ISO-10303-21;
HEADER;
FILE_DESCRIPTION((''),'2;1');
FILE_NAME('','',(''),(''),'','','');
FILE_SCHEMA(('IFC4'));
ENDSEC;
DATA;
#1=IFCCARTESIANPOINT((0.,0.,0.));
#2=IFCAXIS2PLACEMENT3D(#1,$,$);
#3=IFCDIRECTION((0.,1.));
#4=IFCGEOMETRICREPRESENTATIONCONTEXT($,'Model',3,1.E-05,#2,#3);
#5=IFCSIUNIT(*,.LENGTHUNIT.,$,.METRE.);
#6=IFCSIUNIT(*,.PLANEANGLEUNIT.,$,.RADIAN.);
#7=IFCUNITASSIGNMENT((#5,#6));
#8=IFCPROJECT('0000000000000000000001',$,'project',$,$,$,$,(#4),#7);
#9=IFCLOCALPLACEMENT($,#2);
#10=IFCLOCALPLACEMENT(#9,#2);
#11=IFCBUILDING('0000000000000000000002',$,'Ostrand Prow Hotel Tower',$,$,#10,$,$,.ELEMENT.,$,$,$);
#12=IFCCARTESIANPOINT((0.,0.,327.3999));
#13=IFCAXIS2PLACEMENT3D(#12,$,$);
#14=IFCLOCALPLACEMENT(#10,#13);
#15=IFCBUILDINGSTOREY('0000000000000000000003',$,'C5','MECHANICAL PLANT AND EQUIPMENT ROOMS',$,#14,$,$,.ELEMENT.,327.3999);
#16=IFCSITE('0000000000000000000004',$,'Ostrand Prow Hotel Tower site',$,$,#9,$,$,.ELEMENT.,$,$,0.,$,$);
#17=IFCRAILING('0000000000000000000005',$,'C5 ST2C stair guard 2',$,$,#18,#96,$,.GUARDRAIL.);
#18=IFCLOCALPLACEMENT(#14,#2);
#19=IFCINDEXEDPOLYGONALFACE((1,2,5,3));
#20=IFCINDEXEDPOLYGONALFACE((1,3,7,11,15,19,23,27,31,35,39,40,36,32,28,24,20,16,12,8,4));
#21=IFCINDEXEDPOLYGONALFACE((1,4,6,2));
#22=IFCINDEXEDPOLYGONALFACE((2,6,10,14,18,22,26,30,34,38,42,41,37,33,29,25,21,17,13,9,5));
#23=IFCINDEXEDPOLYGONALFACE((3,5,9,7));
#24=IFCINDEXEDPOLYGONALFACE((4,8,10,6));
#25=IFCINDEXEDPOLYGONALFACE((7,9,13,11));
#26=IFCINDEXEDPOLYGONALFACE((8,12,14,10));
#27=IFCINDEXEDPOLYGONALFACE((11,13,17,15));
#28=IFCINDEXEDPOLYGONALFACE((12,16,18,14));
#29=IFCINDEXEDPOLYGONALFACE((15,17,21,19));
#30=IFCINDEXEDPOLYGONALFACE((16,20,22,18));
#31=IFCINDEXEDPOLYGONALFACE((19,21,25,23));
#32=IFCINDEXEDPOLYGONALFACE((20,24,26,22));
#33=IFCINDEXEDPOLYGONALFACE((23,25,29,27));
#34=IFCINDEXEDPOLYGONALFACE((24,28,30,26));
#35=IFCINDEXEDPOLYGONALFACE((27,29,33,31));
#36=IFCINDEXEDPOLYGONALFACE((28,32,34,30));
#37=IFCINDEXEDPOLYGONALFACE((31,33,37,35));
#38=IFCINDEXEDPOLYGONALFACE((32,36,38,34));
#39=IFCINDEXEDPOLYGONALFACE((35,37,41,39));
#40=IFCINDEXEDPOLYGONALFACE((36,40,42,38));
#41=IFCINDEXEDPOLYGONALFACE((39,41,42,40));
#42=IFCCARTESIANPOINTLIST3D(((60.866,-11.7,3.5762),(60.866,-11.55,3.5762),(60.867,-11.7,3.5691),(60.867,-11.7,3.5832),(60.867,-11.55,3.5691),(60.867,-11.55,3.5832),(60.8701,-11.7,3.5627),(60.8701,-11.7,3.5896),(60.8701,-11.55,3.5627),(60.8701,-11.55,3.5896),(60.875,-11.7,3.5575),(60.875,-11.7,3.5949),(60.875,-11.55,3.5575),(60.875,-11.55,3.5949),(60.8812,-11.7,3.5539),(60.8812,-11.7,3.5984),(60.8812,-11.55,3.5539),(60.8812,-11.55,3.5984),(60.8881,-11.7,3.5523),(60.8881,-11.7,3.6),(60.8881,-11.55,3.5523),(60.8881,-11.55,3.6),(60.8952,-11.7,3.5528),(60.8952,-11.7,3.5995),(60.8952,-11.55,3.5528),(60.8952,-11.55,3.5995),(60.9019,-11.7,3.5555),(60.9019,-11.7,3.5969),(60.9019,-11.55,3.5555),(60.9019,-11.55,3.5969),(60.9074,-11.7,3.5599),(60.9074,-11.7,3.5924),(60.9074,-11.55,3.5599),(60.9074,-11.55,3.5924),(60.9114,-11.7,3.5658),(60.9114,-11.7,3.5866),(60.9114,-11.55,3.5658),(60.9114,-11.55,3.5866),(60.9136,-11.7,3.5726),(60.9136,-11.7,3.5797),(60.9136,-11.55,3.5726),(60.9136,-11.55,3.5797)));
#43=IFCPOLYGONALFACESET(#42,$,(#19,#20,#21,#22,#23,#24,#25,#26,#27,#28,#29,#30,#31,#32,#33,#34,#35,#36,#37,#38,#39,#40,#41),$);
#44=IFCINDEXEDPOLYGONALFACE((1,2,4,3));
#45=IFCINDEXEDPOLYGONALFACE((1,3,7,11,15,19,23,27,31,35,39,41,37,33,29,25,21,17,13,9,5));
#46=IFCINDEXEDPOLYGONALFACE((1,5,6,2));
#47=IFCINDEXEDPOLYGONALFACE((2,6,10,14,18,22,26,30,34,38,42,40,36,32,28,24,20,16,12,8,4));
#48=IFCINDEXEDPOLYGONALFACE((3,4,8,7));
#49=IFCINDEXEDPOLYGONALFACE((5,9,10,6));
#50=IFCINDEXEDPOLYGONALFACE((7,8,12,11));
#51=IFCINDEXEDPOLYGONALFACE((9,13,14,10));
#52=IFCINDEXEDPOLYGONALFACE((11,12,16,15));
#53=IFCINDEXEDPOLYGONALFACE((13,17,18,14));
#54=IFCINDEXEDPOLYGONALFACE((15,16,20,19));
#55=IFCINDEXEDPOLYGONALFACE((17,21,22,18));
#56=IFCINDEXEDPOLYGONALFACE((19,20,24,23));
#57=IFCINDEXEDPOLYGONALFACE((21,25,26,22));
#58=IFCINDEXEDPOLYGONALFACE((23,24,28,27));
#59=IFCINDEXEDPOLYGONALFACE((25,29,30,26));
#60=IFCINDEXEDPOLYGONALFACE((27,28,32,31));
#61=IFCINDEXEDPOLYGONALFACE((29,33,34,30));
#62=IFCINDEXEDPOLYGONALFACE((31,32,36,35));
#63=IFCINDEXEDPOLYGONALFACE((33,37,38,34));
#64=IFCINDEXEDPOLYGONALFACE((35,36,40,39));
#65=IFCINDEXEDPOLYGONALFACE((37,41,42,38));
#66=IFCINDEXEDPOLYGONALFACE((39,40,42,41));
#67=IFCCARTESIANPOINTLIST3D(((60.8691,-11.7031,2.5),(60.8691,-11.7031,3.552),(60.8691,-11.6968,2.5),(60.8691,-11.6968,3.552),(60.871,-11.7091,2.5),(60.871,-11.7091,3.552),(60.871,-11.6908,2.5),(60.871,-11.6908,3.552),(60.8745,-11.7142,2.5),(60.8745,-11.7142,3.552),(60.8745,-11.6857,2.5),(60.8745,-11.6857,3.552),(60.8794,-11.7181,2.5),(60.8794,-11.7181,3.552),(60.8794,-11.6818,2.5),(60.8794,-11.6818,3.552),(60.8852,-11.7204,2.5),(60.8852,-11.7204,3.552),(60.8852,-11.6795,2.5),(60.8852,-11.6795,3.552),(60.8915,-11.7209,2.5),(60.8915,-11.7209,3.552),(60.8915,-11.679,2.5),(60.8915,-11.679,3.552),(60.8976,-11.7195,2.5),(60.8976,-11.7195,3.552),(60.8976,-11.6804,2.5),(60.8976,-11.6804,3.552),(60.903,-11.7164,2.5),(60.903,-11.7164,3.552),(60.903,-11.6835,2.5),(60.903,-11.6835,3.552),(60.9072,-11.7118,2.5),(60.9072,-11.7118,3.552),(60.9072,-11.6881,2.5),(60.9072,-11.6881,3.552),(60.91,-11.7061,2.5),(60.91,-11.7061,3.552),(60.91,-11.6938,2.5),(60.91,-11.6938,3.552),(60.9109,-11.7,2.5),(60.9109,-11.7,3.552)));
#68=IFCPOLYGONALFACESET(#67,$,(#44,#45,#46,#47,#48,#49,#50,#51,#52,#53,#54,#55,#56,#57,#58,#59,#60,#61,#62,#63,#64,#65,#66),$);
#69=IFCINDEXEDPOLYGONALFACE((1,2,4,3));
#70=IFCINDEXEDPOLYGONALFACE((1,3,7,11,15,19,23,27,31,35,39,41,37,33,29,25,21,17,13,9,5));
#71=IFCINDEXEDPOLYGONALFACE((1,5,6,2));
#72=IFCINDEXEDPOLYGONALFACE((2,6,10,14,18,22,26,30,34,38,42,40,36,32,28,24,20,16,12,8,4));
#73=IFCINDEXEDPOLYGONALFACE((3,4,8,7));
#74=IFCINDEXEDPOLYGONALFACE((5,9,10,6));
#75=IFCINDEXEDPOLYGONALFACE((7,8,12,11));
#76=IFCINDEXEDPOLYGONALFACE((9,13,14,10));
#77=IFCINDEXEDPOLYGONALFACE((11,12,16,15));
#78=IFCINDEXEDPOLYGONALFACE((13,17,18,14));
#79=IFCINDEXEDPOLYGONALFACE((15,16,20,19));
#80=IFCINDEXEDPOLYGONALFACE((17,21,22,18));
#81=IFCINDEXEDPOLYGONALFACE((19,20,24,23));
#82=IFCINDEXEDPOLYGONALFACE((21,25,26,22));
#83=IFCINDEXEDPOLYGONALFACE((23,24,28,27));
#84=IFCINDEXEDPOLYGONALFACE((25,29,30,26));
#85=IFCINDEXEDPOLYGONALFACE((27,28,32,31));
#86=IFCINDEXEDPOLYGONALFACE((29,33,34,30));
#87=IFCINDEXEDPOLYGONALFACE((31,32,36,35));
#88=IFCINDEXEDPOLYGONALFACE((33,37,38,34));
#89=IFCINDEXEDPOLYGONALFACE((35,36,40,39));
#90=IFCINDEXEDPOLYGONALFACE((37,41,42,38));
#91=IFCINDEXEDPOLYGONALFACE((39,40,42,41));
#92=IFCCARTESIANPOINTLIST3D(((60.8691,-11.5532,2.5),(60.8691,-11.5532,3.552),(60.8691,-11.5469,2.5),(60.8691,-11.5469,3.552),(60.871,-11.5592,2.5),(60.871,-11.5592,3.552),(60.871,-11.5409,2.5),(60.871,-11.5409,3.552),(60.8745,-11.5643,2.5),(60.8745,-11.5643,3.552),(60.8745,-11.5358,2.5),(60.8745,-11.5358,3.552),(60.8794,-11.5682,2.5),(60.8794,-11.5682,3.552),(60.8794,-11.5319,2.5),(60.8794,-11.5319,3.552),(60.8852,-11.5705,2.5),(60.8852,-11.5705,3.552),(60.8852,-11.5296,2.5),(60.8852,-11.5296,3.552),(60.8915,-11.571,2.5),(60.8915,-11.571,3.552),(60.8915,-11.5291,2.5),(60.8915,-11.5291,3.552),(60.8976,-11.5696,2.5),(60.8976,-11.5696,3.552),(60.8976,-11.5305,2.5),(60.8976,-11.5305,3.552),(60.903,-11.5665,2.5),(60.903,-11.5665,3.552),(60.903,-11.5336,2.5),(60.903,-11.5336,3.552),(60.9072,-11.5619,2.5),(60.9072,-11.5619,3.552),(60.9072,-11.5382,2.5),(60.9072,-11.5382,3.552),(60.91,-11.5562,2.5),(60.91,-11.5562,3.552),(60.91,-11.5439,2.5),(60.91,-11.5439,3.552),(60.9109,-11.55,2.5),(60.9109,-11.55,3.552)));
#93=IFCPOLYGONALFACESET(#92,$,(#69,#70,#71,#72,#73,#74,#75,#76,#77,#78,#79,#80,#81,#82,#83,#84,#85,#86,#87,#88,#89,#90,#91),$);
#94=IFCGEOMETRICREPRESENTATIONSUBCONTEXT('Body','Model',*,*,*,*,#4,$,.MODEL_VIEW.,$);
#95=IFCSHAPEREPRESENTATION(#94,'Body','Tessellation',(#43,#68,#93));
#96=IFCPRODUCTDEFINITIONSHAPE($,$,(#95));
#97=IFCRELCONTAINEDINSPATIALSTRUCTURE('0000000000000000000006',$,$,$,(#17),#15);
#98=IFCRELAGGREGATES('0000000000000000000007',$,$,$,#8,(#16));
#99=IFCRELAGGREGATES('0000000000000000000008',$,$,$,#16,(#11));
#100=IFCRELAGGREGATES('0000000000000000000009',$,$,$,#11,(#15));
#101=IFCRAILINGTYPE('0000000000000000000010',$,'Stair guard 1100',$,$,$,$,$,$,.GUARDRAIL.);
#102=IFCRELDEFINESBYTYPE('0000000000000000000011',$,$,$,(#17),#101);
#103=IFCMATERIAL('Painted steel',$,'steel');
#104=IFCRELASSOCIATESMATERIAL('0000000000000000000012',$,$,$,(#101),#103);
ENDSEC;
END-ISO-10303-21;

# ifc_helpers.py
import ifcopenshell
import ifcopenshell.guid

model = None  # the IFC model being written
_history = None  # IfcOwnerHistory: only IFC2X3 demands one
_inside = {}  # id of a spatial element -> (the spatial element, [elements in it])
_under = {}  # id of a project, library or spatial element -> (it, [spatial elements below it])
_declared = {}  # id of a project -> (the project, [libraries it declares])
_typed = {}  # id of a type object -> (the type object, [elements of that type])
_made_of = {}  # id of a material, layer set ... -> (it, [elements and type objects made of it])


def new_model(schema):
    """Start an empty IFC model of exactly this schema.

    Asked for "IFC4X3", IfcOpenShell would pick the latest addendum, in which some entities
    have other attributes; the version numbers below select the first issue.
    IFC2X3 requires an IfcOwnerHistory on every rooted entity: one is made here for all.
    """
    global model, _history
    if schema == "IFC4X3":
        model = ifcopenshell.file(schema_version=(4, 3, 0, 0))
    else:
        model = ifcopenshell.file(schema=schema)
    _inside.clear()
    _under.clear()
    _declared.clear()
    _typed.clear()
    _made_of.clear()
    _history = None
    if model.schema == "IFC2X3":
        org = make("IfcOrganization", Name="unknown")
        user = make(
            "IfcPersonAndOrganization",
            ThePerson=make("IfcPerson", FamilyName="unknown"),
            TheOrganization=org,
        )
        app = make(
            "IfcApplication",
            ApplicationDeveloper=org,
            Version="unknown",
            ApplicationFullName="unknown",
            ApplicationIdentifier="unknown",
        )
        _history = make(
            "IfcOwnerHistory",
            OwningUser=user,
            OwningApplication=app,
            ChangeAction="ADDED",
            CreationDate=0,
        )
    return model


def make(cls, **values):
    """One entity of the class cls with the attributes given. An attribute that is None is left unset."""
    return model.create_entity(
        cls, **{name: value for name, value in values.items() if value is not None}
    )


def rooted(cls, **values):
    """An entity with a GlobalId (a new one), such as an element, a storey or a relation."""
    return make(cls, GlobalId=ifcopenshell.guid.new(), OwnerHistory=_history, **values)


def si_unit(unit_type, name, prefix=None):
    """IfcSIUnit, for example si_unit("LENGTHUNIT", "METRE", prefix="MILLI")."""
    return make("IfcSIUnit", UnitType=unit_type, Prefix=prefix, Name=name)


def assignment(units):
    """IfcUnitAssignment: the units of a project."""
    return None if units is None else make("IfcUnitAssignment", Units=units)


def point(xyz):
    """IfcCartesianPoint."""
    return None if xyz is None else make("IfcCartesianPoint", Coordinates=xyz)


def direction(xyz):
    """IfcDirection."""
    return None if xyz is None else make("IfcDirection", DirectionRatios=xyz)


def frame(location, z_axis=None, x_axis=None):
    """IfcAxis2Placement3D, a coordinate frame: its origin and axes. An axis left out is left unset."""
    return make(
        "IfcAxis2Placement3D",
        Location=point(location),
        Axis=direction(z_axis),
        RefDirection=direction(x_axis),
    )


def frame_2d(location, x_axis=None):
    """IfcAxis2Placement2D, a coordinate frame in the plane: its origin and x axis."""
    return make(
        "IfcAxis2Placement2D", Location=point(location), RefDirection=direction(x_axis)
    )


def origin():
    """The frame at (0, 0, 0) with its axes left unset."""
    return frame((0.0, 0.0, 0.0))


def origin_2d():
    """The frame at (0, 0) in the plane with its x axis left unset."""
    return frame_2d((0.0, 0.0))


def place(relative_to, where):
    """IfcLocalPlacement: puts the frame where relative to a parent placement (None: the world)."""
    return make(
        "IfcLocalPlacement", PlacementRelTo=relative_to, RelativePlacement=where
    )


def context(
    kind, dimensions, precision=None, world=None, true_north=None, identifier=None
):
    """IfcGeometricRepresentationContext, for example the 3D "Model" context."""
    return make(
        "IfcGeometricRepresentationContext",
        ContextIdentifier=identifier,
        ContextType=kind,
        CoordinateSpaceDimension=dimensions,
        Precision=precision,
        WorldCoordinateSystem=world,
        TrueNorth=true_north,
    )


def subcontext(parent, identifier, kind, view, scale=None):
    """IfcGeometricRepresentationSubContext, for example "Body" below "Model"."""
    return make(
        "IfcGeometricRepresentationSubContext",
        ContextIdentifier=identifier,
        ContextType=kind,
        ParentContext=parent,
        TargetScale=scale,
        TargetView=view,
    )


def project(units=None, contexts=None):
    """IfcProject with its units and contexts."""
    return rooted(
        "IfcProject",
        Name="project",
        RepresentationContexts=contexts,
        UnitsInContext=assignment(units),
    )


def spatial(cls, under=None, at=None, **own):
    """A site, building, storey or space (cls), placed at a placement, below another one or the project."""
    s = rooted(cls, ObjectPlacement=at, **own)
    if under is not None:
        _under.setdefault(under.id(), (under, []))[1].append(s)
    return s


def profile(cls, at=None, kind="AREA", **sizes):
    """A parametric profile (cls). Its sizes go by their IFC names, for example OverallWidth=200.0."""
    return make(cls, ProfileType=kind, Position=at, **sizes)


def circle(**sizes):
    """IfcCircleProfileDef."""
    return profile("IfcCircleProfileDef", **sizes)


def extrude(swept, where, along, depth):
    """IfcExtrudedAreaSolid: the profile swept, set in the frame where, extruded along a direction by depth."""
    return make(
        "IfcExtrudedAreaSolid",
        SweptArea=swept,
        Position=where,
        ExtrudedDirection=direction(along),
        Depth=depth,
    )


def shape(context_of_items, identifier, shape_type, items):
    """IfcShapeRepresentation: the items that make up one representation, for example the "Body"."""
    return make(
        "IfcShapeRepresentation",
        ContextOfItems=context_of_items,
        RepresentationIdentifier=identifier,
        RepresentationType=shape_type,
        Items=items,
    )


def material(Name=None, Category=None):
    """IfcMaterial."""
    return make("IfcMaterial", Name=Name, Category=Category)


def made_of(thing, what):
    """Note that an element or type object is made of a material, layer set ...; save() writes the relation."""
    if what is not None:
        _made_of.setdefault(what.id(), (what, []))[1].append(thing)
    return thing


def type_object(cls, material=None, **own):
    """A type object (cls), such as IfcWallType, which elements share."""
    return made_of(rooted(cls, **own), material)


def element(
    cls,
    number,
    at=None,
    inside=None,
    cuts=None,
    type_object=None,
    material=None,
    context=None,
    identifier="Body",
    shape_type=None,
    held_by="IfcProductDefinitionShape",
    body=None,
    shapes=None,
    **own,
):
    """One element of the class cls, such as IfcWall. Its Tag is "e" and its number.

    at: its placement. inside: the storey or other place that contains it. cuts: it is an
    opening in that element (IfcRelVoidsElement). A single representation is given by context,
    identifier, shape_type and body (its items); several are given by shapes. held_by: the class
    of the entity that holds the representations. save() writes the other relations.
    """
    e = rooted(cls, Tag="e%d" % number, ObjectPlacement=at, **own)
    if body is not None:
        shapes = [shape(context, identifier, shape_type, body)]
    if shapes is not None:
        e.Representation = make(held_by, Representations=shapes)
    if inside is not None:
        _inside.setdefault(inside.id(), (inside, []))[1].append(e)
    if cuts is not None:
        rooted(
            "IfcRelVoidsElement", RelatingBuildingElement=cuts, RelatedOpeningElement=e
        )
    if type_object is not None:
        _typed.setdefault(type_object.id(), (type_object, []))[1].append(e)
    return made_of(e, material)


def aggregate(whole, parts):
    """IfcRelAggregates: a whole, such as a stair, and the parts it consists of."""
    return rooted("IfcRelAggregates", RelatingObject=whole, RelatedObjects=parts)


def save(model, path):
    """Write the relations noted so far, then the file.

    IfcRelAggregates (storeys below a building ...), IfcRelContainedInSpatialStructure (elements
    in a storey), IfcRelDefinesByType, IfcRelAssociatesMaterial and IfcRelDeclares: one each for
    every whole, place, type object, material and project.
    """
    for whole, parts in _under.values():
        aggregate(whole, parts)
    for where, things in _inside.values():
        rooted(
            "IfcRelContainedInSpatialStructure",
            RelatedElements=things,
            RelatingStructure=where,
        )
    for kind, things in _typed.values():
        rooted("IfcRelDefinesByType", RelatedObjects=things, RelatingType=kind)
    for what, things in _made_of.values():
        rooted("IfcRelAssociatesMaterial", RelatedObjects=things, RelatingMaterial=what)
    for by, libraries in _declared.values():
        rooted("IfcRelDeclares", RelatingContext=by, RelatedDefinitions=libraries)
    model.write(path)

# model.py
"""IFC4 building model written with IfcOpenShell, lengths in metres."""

from ifc_helpers import new_model, si_unit, direction, frame, origin, origin_2d, place, context, subcontext, project, spatial, circle, extrude, material, type_object, element, save


model = new_model("IFC4")

# Units and contexts
model_context = context("Model", 3, precision=1e-05, world=origin(), true_north=direction((0.0, 1.0)))
body_context = subcontext(model_context, "Body", "Model", "MODEL_VIEW")
ifc_project = project(units=[si_unit("LENGTHUNIT", "METRE"), si_unit("PLANEANGLEUNIT", "RADIAN")], contexts=[model_context])

# Site, building, storey
site_placement = place(None, origin())
site = spatial("IfcSite", under=ifc_project, at=site_placement, Name="Ostrand Prow Hotel Tower site", CompositionType="ELEMENT", RefElevation=0.0)
building_placement = place(site_placement, origin())
building = spatial("IfcBuilding", under=site, at=building_placement, Name="Ostrand Prow Hotel Tower", CompositionType="ELEMENT")
storey_placement = place(building_placement, frame((0.0, 0.0, 327.3999)))
storey = spatial("IfcBuildingStorey", under=building, at=storey_placement, Name="C5", Description="MECHANICAL PLANT AND EQUIPMENT ROOMS", CompositionType="ELEMENT", Elevation=327.3999)

# Railing
ifc_material_1 = material(Name="Painted steel", Category="steel")
railing_type_1 = type_object("IfcRailingType", Name="Stair guard 1100", PredefinedType="GUARDRAIL", material=ifc_material_1)
railing_1_placement = place(storey_placement, frame((60.8899, -11.7, 2.5)))
element("IfcRailing", 1, at=railing_1_placement, inside=storey, type_object=railing_type_1, Name="C5 ST2C stair guard 2", PredefinedType="GUARDRAIL", context=body_context, shape_type="SweptSolid", body=[
    extrude(circle(Radius=0.0239, at=origin_2d()), frame((0.0, 0.0, 1.0762), z_axis=(0.0, 1.0, 0.0), x_axis=(-1.0, 0.0, 0.0)), (0.0, 0.0, 1.0), 0.1499),
    extrude(circle(Radius=0.021, at=origin_2d()), origin(), (0.0, 0.0, 1.0), 1.052),
    extrude(circle(Radius=0.021, at=origin_2d()), frame((0.0, 0.1499, 0.0)), (0.0, 0.0, 1.0), 1.052),
])

save(model, "model.ifc")
